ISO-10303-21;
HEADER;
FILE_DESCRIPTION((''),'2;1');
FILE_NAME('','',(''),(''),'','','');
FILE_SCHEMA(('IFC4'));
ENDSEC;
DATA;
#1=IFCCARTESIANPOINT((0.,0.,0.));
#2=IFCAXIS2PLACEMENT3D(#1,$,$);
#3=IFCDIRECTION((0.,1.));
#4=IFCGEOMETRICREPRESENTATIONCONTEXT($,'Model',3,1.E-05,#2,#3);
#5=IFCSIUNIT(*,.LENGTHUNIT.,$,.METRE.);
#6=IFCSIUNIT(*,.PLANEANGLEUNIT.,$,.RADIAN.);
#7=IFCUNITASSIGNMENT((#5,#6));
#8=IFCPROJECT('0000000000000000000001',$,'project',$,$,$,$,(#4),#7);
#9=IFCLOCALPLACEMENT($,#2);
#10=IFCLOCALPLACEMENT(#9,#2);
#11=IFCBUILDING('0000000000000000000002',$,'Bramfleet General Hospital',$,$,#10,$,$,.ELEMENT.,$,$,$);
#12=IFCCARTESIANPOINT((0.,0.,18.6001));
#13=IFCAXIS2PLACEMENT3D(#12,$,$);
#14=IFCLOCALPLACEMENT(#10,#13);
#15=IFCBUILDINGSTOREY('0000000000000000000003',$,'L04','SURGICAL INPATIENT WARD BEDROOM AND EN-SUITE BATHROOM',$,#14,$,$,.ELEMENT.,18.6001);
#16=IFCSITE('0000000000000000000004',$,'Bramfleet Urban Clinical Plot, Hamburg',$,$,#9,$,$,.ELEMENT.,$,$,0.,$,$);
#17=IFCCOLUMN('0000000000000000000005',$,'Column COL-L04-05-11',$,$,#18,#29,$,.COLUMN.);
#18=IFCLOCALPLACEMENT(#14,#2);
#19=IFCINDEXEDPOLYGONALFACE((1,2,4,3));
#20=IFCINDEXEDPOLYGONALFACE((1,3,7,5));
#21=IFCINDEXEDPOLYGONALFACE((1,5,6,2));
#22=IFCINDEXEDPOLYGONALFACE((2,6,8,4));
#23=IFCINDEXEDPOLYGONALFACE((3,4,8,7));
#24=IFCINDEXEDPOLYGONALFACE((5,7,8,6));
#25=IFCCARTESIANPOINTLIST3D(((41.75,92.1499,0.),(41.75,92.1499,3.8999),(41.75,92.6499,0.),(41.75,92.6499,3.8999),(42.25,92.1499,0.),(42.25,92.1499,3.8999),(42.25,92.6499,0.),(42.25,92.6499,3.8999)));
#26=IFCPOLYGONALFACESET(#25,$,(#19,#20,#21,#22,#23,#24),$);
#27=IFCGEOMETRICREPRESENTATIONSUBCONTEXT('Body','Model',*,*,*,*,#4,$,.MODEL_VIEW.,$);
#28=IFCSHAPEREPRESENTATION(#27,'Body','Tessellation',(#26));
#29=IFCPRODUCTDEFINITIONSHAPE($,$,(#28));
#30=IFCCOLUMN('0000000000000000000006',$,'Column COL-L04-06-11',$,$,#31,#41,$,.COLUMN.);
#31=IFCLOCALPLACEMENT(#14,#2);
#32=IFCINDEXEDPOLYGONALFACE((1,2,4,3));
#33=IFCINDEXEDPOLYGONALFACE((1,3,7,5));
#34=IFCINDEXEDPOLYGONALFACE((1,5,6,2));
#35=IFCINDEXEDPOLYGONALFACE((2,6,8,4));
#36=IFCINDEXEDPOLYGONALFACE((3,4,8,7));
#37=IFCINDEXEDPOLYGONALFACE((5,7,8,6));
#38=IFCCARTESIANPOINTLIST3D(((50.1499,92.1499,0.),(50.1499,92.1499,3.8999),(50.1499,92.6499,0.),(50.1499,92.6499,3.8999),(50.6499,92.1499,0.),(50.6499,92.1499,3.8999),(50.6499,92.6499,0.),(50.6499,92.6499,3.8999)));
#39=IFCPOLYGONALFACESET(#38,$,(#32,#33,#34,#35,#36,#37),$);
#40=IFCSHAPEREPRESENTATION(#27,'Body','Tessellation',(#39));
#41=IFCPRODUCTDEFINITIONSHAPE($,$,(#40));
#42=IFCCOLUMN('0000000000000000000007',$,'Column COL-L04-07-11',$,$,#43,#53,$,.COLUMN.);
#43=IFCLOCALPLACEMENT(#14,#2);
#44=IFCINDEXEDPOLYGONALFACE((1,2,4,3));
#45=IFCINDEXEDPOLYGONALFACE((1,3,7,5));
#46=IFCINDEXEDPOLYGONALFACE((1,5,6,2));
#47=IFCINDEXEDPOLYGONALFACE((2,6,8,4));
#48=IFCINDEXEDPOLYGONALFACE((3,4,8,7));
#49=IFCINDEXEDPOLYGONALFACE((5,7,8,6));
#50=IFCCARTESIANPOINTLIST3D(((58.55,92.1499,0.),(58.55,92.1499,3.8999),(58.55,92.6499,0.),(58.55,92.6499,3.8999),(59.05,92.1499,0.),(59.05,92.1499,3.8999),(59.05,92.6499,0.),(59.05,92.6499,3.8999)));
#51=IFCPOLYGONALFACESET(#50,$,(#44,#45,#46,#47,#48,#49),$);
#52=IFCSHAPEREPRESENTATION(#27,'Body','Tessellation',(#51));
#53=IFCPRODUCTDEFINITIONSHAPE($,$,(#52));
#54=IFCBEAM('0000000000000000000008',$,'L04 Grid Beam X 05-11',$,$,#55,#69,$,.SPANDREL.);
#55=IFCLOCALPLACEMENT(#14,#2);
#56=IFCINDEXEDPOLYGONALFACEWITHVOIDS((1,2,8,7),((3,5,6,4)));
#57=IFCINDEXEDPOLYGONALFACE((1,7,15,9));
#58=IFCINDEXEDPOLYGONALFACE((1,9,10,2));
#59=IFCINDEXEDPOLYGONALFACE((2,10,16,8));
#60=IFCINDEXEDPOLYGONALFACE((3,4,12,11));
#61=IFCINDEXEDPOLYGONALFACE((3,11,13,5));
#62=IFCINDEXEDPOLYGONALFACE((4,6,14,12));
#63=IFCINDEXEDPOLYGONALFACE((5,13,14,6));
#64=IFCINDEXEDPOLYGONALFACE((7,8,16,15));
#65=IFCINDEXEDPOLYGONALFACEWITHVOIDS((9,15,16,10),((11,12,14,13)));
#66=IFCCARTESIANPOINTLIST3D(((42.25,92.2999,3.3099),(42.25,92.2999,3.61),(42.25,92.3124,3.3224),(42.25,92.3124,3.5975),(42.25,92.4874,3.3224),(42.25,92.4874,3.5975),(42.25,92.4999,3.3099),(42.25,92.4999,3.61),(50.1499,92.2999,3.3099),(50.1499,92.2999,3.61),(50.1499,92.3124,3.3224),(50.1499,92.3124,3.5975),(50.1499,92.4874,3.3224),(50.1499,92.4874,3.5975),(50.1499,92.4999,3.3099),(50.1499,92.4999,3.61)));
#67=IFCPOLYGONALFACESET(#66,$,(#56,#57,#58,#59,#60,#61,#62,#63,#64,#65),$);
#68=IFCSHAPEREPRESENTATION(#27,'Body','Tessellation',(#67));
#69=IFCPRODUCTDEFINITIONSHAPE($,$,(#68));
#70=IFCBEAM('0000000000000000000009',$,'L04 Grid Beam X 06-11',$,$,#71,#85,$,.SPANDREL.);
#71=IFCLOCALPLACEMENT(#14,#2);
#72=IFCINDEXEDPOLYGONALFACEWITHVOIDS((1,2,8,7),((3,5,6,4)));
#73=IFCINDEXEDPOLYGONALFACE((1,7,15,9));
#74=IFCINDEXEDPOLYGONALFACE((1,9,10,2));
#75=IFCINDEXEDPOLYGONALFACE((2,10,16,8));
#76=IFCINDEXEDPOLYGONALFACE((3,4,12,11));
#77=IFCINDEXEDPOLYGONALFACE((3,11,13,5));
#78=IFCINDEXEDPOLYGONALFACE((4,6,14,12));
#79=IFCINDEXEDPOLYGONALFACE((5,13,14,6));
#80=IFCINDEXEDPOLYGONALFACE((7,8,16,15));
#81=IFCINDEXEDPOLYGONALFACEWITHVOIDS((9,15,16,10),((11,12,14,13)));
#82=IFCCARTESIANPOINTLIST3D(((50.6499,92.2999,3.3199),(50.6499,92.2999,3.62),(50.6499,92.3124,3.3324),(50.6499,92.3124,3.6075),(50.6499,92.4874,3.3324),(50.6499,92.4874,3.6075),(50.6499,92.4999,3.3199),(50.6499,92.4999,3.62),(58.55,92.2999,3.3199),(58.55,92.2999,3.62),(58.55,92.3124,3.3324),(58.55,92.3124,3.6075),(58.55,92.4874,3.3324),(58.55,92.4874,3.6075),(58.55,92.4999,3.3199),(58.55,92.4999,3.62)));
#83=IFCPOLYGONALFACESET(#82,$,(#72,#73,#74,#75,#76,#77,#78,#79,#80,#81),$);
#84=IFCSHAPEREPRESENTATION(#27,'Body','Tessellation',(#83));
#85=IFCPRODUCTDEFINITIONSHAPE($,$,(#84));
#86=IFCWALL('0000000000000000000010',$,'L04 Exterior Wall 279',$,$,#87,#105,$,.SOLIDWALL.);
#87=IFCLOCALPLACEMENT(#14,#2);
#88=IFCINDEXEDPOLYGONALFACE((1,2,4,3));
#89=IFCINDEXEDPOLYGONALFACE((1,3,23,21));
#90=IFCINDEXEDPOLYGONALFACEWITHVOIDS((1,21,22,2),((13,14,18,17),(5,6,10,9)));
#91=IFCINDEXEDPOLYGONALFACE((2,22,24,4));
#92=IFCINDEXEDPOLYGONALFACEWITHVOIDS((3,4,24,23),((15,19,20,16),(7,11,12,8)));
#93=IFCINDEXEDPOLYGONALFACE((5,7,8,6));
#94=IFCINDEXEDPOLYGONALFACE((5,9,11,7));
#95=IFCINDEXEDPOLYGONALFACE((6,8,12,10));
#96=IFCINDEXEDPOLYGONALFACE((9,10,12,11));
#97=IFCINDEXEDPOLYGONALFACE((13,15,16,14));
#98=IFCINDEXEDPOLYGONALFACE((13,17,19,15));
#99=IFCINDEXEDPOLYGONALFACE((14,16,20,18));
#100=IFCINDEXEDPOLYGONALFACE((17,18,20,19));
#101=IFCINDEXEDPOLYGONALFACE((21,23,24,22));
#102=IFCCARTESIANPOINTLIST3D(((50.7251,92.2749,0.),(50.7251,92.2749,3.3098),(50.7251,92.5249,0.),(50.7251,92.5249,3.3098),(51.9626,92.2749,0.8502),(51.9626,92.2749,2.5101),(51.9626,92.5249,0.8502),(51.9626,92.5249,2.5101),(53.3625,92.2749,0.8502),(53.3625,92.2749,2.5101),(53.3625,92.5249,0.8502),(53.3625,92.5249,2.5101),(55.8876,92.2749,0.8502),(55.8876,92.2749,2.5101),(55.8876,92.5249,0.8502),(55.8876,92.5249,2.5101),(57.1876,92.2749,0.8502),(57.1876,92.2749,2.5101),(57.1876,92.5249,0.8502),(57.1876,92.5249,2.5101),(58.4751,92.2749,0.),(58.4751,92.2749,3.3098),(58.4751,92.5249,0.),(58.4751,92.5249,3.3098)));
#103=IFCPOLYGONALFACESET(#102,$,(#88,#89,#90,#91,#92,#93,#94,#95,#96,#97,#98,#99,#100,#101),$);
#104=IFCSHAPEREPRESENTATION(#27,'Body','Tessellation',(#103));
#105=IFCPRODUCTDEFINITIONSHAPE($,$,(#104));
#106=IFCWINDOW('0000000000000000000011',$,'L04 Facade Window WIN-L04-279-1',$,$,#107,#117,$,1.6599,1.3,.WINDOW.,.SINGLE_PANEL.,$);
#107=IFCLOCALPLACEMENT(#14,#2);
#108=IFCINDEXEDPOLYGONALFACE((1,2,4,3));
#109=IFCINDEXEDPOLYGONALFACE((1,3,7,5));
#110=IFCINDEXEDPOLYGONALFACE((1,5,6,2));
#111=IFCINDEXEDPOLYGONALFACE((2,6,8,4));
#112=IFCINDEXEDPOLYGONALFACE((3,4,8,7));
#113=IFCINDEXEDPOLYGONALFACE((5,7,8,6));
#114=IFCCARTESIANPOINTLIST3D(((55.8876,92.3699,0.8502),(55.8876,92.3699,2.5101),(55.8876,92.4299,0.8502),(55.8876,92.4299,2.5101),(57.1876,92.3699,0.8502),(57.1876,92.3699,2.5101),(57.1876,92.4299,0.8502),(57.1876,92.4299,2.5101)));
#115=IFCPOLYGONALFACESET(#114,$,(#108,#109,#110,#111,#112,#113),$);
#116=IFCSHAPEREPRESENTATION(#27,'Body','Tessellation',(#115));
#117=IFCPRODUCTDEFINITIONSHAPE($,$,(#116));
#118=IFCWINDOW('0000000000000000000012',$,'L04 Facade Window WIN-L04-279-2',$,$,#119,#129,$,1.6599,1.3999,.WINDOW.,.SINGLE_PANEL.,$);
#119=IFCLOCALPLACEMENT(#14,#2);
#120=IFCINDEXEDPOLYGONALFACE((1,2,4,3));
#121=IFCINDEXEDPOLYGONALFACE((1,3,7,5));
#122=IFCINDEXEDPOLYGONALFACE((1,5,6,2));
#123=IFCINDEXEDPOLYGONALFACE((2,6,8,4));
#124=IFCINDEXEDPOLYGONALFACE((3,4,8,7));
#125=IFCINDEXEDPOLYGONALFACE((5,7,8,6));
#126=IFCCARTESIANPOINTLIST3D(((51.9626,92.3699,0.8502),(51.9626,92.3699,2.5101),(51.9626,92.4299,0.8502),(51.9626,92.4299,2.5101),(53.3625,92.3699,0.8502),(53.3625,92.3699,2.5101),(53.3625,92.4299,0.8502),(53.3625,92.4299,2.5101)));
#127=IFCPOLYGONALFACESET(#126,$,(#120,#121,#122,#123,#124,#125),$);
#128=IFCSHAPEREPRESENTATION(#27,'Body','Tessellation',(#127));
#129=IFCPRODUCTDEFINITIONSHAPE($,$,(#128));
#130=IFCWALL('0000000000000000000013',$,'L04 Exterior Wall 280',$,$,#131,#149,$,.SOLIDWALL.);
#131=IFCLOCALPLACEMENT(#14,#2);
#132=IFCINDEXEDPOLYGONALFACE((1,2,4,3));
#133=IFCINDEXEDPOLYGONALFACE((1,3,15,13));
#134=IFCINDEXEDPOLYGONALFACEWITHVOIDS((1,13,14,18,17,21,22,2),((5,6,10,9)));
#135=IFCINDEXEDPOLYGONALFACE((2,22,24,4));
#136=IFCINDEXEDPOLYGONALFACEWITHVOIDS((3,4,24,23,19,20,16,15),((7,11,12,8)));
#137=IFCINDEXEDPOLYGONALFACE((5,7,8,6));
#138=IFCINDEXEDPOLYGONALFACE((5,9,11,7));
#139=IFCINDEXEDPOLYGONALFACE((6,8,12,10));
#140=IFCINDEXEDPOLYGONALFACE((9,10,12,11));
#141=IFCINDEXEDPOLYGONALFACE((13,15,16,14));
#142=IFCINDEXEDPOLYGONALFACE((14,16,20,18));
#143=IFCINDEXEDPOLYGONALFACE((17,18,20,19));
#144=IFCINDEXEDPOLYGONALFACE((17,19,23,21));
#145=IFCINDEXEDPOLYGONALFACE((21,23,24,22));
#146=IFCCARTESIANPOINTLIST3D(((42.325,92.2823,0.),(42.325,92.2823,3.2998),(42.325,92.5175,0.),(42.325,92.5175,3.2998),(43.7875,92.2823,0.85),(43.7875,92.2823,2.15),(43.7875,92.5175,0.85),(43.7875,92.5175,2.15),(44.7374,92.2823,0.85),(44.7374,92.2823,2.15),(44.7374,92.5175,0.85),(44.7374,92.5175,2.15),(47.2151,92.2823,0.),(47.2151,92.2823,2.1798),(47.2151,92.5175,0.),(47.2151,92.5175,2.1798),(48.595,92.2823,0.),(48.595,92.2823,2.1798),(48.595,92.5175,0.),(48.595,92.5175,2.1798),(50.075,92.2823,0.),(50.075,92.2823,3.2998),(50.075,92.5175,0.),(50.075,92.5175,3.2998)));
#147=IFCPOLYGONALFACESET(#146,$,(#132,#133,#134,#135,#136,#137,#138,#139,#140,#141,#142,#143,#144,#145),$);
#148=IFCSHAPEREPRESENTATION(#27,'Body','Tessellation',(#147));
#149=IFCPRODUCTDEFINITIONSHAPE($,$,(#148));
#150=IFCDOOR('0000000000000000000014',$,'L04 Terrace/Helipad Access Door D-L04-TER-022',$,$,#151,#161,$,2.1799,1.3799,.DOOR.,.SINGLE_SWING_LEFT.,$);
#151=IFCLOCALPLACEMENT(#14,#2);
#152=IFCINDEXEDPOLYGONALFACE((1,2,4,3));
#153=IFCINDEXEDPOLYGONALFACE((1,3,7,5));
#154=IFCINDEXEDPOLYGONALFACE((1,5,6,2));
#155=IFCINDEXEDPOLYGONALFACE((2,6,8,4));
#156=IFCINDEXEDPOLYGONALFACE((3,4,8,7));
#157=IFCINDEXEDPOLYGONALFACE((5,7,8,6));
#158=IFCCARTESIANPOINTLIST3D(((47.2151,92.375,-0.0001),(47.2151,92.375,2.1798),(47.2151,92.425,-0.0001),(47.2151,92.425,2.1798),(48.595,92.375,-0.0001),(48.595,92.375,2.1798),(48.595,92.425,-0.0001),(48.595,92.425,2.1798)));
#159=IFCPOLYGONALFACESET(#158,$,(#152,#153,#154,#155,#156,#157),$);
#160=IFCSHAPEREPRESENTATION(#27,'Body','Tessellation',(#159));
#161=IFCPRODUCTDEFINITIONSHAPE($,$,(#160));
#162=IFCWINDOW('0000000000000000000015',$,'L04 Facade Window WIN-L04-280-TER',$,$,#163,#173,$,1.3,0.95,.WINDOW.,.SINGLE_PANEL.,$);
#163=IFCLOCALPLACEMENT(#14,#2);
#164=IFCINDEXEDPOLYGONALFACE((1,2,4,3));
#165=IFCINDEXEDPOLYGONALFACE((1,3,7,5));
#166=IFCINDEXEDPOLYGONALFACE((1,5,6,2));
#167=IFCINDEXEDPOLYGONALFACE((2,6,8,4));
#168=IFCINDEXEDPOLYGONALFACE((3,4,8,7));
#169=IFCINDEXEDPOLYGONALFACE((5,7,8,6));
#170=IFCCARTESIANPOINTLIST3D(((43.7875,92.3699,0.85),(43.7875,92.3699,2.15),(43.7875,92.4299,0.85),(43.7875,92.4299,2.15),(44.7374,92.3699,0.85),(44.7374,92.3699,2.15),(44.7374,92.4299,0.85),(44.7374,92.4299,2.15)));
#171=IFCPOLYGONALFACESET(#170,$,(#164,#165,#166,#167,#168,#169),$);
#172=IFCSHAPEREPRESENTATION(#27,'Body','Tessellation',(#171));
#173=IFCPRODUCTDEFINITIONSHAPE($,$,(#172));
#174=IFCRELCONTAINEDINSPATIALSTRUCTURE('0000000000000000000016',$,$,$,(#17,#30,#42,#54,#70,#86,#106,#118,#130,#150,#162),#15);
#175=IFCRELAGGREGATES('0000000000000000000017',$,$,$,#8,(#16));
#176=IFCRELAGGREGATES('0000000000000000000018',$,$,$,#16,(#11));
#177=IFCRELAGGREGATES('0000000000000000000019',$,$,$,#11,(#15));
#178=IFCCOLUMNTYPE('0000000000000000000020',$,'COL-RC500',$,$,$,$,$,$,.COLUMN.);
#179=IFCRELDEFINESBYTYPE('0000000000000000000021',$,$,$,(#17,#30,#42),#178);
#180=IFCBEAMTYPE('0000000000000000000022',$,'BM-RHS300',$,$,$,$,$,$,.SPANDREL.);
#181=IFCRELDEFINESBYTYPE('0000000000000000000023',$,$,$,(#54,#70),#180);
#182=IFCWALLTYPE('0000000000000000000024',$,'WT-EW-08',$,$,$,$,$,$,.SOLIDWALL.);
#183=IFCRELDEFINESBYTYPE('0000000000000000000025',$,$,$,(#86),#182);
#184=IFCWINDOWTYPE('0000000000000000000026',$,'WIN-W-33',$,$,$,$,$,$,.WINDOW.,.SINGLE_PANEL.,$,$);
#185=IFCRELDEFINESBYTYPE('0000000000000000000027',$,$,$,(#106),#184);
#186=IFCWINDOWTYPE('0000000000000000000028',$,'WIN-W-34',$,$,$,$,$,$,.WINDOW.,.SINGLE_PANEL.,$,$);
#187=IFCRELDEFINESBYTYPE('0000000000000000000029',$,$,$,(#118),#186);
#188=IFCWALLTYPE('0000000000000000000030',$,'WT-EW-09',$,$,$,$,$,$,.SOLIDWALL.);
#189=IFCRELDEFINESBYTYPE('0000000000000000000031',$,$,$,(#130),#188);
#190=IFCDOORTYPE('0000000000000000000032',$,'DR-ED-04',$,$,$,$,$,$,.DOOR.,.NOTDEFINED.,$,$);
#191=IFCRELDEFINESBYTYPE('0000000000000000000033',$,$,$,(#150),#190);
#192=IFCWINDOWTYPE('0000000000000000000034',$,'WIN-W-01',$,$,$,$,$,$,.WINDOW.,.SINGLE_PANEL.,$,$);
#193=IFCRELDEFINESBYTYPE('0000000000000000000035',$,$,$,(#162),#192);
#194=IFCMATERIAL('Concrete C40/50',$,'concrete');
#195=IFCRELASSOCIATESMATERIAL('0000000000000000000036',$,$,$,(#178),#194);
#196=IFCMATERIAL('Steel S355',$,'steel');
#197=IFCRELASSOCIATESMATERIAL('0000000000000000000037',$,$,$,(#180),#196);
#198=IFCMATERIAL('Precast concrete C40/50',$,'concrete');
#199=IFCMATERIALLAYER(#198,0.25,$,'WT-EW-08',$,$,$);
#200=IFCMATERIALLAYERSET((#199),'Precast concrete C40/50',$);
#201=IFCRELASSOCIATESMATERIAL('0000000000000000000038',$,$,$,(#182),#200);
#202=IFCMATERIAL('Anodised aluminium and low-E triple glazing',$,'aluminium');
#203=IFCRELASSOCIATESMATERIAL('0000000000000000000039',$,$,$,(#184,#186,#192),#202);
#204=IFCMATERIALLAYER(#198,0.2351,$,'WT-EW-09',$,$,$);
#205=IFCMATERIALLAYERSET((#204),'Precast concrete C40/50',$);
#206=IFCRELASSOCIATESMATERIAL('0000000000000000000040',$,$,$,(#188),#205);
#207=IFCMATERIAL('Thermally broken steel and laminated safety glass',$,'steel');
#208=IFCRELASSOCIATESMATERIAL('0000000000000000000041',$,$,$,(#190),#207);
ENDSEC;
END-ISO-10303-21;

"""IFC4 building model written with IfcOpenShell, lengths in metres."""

from ifc_helpers import new_model, si_unit, direction, frame, frame_2d, origin, origin_2d, place, context, subcontext, project, spatial, rectangle, hollow_rectangle, extrude, material, layer, layer_set, material_profile, profile_set, type_object, element, fill, save


model = new_model("IFC4")

# Units and contexts
model_context = context("Model", 3, precision=1e-05, world=origin(), true_north=direction((0.0, 1.0)))
body_context = subcontext(model_context, "Body", "Model", "MODEL_VIEW")
ifc_project = project(units=[si_unit("LENGTHUNIT", "METRE"), si_unit("PLANEANGLEUNIT", "RADIAN")], contexts=[model_context])

# Site, building, storey
site_placement = place(None, origin())
site = spatial("IfcSite", under=ifc_project, at=site_placement, Name="Bramfleet Urban Clinical Plot, Hamburg", CompositionType="ELEMENT", RefElevation=0.0)
building_placement = place(site_placement, origin())
building = spatial("IfcBuilding", under=site, at=building_placement, Name="Bramfleet General Hospital", CompositionType="ELEMENT")
storey_placement = place(building_placement, frame((0.0, 0.0, 18.6001)))
storey = spatial("IfcBuildingStorey", under=building, at=storey_placement, Name="L04", Description="SURGICAL INPATIENT WARD BEDROOM AND EN-SUITE BATHROOM", CompositionType="ELEMENT", Elevation=18.6001)

# Columns
ifc_material_1 = material(Name="Concrete C40/50", Category="concrete")
ifc_material_profile_1 = material_profile(ifc_material_1, rectangle(XDim=0.5, YDim=0.5, at=origin_2d()), Name="RC COL 500x500")
ifc_profile_set_1 = profile_set([ifc_material_profile_1], Name="Concrete C40/50")
column_type = type_object("IfcColumnType", Name="COL-RC500", PredefinedType="COLUMN", material=ifc_profile_set_1)
for number, where, z_axis, x_axis, name in (
    (1, (42.0, 92.3999, 0.0), (0.0, 0.0, 1.0), (1.0, 0.0, 0.0), "Column COL-L04-05-11"),
    (2, (50.3999, 92.3999, 0.0), (0.0, 0.0, 1.0), (1.0, 0.0, 0.0), "Column COL-L04-06-11"),
    (3, (58.8, 92.3999, 0.0), (0.0, 0.0, 1.0), (1.0, 0.0, 0.0), "Column COL-L04-07-11"),
):
    element("IfcColumn", number, at=place(storey_placement, frame(where, z_axis=z_axis, x_axis=x_axis)), inside=storey, type_object=column_type, Name=name, PredefinedType="COLUMN", context=body_context, shape_type="SweptSolid", body=[
        extrude(rectangle(XDim=0.5, YDim=0.5, at=origin_2d()), origin(), (0.0, 0.0, 1.0), 3.8999),
    ])

# Beams
ifc_material_2 = material(Name="Steel S355", Category="steel")
ifc_material_profile_2 = material_profile(ifc_material_2, hollow_rectangle(XDim=0.2, YDim=0.3, WallThickness=0.0125, at=origin_2d()), Name="RHS 300x200x12.5")
ifc_profile_set_2 = profile_set([ifc_material_profile_2], Name="Steel S355")
beam_type = type_object("IfcBeamType", Name="BM-RHS300", PredefinedType="SPANDREL", material=ifc_profile_set_2)
beam_1_placement = place(storey_placement, frame((42.25, 92.3999, 3.46), z_axis=(1.0, 0.0, 0.0), x_axis=(0.0, 1.0, 0.0)))
element("IfcBeam", 4, at=beam_1_placement, inside=storey, type_object=beam_type, Name="L04 Grid Beam X 05-11", PredefinedType="SPANDREL", context=body_context, shape_type="SweptSolid", body=[
    extrude(hollow_rectangle(XDim=0.2, YDim=0.3, WallThickness=0.0125, at=origin_2d()), origin(), (0.0, 0.0, 1.0), 7.8999),
])
beam_2_placement = place(storey_placement, frame((50.6499, 92.3999, 3.47), z_axis=(1.0, 0.0, 0.0), x_axis=(0.0, 1.0, 0.0)))
element("IfcBeam", 5, at=beam_2_placement, inside=storey, type_object=beam_type, Name="L04 Grid Beam X 06-11", PredefinedType="SPANDREL", context=body_context, shape_type="SweptSolid", body=[
    extrude(hollow_rectangle(XDim=0.2, YDim=0.3, WallThickness=0.0125, at=origin_2d()), origin(), (0.0, 0.0, 1.0), 7.9001),
])

# Wall, openings, windows
ifc_material_3 = material(Name="Precast concrete C40/50", Category="concrete")
ifc_layer_1 = layer(ifc_material_3, 0.25, Name="WT-EW-08")
ifc_layer_set_1 = layer_set([ifc_layer_1], Name="Precast concrete C40/50")
wall_type_1 = type_object("IfcWallType", Name="WT-EW-08", PredefinedType="SOLIDWALL", material=ifc_layer_set_1)
wall_1_placement = place(storey_placement, frame((58.4751, 92.3999, 0.0), z_axis=(0.0, 0.0, 1.0), x_axis=(-1.0, 0.0, 0.0)))
wall_1 = element("IfcWall", 6, at=wall_1_placement, inside=storey, type_object=wall_type_1, Name="L04 Exterior Wall 279", PredefinedType="SOLIDWALL", context=body_context, shape_type="SweptSolid", body=[
    extrude(rectangle(XDim=7.75, YDim=0.25, at=frame_2d((3.875, 0.0))), origin(), (0.0, 0.0, 1.0), 3.3098),
])
opening_1_placement = place(wall_1_placement, frame((1.2876, 0.0, 0.8501)))
opening_1 = element("IfcOpeningElement", 7, at=opening_1_placement, cuts=wall_1, PredefinedType="OPENING", context=body_context, shape_type="SweptSolid", body=[
    extrude(rectangle(XDim=1.3, YDim=1.6599, at=frame_2d((0.6499, 0.8301))), frame((0.0, 0.135, 0.0), z_axis=(0.0, -1.0, 0.0), x_axis=(1.0, 0.0, 0.0)), (0.0, 0.0, 1.0), 0.27),
])
opening_2_placement = place(wall_1_placement, frame((5.1125, 0.0, 0.8501)))
opening_2 = element("IfcOpeningElement", 8, at=opening_2_placement, cuts=wall_1, PredefinedType="OPENING", context=body_context, shape_type="SweptSolid", body=[
    extrude(rectangle(XDim=1.3999, YDim=1.6599, at=frame_2d((0.7, 0.8301))), frame((0.0, 0.135, 0.0), z_axis=(0.0, -1.0, 0.0), x_axis=(1.0, 0.0, 0.0)), (0.0, 0.0, 1.0), 0.27),
])
ifc_material_4 = material(Name="Anodised aluminium and low-E triple glazing", Category="aluminium")
window_type_1 = type_object("IfcWindowType", Name="WIN-W-33", PartitioningType="SINGLE_PANEL", PredefinedType="WINDOW", material=ifc_material_4)
window_1_placement = place(opening_1_placement, origin())
window_1 = element("IfcWindow", 9, at=window_1_placement, inside=storey, type_object=window_type_1, Name="L04 Facade Window WIN-L04-279-1", OverallHeight=1.6599, OverallWidth=1.3, PartitioningType="SINGLE_PANEL", PredefinedType="WINDOW", context=body_context, shape_type="SweptSolid", body=[
    extrude(rectangle(XDim=1.3, YDim=1.6599, at=frame_2d((0.6499, 0.8301))), frame((0.0, 0.03, 0.0), z_axis=(0.0, -1.0, 0.0), x_axis=(1.0, 0.0, 0.0)), (0.0, 0.0, 1.0), 0.0601),
])
fill(opening_1, window_1)
window_type_2 = type_object("IfcWindowType", Name="WIN-W-34", PartitioningType="SINGLE_PANEL", PredefinedType="WINDOW", material=ifc_material_4)
window_2_placement = place(opening_2_placement, origin())
window_2 = element("IfcWindow", 10, at=window_2_placement, inside=storey, type_object=window_type_2, Name="L04 Facade Window WIN-L04-279-2", OverallHeight=1.6599, OverallWidth=1.3999, PartitioningType="SINGLE_PANEL", PredefinedType="WINDOW", context=body_context, shape_type="SweptSolid", body=[
    extrude(rectangle(XDim=1.3999, YDim=1.6599, at=frame_2d((0.7, 0.8301))), frame((0.0, 0.03, 0.0), z_axis=(0.0, -1.0, 0.0), x_axis=(1.0, 0.0, 0.0)), (0.0, 0.0, 1.0), 0.0601),
])
fill(opening_2, window_2)

# Wall, openings, door, window
ifc_layer_2 = layer(ifc_material_3, 0.2351, Name="WT-EW-09")
ifc_layer_set_2 = layer_set([ifc_layer_2], Name="Precast concrete C40/50")
wall_type_2 = type_object("IfcWallType", Name="WT-EW-09", PredefinedType="SOLIDWALL", material=ifc_layer_set_2)
wall_2_placement = place(storey_placement, frame((50.075, 92.3999, 0.0), z_axis=(0.0, 0.0, 1.0), x_axis=(-1.0, 0.0, 0.0)))
wall_2 = element("IfcWall", 11, at=wall_2_placement, inside=storey, type_object=wall_type_2, Name="L04 Exterior Wall 280", PredefinedType="SOLIDWALL", context=body_context, shape_type="SweptSolid", body=[
    extrude(rectangle(XDim=7.75, YDim=0.2351, at=frame_2d((3.875, 0.0))), origin(), (0.0, 0.0, 1.0), 3.2998),
])
opening_3_placement = place(wall_2_placement, frame((1.48, 0.0, 0.0)))
opening_3 = element("IfcOpeningElement", 12, at=opening_3_placement, cuts=wall_2, PredefinedType="OPENING", context=body_context, shape_type="SweptSolid", body=[
    extrude(rectangle(XDim=1.3799, YDim=2.1799, at=frame_2d((0.6899, 1.0898))), frame((0.0, 0.1274, 0.0), z_axis=(0.0, -1.0, 0.0), x_axis=(1.0, 0.0, 0.0)), (0.0, 0.0, 1.0), 0.2551),
])
opening_4_placement = place(wall_2_placement, frame((5.3374, 0.0, 0.8501)))
opening_4 = element("IfcOpeningElement", 13, at=opening_4_placement, cuts=wall_2, PredefinedType="OPENING", context=body_context, shape_type="SweptSolid", body=[
    extrude(rectangle(XDim=0.95, YDim=1.3, at=frame_2d((0.4751, 0.6499))), frame((0.0, 0.1274, 0.0), z_axis=(0.0, -1.0, 0.0), x_axis=(1.0, 0.0, 0.0)), (0.0, 0.0, 1.0), 0.2551),
])
ifc_material_5 = material(Name="Thermally broken steel and laminated safety glass", Category="steel")
door_type = type_object("IfcDoorType", Name="DR-ED-04", OperationType="NOTDEFINED", PredefinedType="DOOR", material=ifc_material_5)
door_placement = place(opening_3_placement, origin())
door = element("IfcDoor", 14, at=door_placement, inside=storey, type_object=door_type, Name="L04 Terrace/Helipad Access Door D-L04-TER-022", OperationType="SINGLE_SWING_LEFT", OverallHeight=2.1799, OverallWidth=1.3799, PredefinedType="DOOR", context=body_context, shape_type="SweptSolid", body=[
    extrude(rectangle(XDim=1.3799, YDim=2.1799, at=frame_2d((0.6899, 1.0898))), frame((0.0, 0.0249, 0.0), z_axis=(0.0, -1.0, 0.0), x_axis=(1.0, 0.0, 0.0)), (0.0, 0.0, 1.0), 0.05),
])
fill(opening_3, door)
window_type_3 = type_object("IfcWindowType", Name="WIN-W-01", PartitioningType="SINGLE_PANEL", PredefinedType="WINDOW", material=ifc_material_4)
window_3_placement = place(opening_4_placement, origin())
window_3 = element("IfcWindow", 15, at=window_3_placement, inside=storey, type_object=window_type_3, Name="L04 Facade Window WIN-L04-280-TER", OverallHeight=1.3, OverallWidth=0.95, PartitioningType="SINGLE_PANEL", PredefinedType="WINDOW", context=body_context, shape_type="SweptSolid", body=[
    extrude(rectangle(XDim=0.95, YDim=1.3, at=frame_2d((0.4751, 0.6499))), frame((0.0, 0.03, 0.0), z_axis=(0.0, -1.0, 0.0), x_axis=(1.0, 0.0, 0.0)), (0.0, 0.0, 1.0), 0.0601),
])
fill(opening_4, window_3)

save(model, "model.ifc")
